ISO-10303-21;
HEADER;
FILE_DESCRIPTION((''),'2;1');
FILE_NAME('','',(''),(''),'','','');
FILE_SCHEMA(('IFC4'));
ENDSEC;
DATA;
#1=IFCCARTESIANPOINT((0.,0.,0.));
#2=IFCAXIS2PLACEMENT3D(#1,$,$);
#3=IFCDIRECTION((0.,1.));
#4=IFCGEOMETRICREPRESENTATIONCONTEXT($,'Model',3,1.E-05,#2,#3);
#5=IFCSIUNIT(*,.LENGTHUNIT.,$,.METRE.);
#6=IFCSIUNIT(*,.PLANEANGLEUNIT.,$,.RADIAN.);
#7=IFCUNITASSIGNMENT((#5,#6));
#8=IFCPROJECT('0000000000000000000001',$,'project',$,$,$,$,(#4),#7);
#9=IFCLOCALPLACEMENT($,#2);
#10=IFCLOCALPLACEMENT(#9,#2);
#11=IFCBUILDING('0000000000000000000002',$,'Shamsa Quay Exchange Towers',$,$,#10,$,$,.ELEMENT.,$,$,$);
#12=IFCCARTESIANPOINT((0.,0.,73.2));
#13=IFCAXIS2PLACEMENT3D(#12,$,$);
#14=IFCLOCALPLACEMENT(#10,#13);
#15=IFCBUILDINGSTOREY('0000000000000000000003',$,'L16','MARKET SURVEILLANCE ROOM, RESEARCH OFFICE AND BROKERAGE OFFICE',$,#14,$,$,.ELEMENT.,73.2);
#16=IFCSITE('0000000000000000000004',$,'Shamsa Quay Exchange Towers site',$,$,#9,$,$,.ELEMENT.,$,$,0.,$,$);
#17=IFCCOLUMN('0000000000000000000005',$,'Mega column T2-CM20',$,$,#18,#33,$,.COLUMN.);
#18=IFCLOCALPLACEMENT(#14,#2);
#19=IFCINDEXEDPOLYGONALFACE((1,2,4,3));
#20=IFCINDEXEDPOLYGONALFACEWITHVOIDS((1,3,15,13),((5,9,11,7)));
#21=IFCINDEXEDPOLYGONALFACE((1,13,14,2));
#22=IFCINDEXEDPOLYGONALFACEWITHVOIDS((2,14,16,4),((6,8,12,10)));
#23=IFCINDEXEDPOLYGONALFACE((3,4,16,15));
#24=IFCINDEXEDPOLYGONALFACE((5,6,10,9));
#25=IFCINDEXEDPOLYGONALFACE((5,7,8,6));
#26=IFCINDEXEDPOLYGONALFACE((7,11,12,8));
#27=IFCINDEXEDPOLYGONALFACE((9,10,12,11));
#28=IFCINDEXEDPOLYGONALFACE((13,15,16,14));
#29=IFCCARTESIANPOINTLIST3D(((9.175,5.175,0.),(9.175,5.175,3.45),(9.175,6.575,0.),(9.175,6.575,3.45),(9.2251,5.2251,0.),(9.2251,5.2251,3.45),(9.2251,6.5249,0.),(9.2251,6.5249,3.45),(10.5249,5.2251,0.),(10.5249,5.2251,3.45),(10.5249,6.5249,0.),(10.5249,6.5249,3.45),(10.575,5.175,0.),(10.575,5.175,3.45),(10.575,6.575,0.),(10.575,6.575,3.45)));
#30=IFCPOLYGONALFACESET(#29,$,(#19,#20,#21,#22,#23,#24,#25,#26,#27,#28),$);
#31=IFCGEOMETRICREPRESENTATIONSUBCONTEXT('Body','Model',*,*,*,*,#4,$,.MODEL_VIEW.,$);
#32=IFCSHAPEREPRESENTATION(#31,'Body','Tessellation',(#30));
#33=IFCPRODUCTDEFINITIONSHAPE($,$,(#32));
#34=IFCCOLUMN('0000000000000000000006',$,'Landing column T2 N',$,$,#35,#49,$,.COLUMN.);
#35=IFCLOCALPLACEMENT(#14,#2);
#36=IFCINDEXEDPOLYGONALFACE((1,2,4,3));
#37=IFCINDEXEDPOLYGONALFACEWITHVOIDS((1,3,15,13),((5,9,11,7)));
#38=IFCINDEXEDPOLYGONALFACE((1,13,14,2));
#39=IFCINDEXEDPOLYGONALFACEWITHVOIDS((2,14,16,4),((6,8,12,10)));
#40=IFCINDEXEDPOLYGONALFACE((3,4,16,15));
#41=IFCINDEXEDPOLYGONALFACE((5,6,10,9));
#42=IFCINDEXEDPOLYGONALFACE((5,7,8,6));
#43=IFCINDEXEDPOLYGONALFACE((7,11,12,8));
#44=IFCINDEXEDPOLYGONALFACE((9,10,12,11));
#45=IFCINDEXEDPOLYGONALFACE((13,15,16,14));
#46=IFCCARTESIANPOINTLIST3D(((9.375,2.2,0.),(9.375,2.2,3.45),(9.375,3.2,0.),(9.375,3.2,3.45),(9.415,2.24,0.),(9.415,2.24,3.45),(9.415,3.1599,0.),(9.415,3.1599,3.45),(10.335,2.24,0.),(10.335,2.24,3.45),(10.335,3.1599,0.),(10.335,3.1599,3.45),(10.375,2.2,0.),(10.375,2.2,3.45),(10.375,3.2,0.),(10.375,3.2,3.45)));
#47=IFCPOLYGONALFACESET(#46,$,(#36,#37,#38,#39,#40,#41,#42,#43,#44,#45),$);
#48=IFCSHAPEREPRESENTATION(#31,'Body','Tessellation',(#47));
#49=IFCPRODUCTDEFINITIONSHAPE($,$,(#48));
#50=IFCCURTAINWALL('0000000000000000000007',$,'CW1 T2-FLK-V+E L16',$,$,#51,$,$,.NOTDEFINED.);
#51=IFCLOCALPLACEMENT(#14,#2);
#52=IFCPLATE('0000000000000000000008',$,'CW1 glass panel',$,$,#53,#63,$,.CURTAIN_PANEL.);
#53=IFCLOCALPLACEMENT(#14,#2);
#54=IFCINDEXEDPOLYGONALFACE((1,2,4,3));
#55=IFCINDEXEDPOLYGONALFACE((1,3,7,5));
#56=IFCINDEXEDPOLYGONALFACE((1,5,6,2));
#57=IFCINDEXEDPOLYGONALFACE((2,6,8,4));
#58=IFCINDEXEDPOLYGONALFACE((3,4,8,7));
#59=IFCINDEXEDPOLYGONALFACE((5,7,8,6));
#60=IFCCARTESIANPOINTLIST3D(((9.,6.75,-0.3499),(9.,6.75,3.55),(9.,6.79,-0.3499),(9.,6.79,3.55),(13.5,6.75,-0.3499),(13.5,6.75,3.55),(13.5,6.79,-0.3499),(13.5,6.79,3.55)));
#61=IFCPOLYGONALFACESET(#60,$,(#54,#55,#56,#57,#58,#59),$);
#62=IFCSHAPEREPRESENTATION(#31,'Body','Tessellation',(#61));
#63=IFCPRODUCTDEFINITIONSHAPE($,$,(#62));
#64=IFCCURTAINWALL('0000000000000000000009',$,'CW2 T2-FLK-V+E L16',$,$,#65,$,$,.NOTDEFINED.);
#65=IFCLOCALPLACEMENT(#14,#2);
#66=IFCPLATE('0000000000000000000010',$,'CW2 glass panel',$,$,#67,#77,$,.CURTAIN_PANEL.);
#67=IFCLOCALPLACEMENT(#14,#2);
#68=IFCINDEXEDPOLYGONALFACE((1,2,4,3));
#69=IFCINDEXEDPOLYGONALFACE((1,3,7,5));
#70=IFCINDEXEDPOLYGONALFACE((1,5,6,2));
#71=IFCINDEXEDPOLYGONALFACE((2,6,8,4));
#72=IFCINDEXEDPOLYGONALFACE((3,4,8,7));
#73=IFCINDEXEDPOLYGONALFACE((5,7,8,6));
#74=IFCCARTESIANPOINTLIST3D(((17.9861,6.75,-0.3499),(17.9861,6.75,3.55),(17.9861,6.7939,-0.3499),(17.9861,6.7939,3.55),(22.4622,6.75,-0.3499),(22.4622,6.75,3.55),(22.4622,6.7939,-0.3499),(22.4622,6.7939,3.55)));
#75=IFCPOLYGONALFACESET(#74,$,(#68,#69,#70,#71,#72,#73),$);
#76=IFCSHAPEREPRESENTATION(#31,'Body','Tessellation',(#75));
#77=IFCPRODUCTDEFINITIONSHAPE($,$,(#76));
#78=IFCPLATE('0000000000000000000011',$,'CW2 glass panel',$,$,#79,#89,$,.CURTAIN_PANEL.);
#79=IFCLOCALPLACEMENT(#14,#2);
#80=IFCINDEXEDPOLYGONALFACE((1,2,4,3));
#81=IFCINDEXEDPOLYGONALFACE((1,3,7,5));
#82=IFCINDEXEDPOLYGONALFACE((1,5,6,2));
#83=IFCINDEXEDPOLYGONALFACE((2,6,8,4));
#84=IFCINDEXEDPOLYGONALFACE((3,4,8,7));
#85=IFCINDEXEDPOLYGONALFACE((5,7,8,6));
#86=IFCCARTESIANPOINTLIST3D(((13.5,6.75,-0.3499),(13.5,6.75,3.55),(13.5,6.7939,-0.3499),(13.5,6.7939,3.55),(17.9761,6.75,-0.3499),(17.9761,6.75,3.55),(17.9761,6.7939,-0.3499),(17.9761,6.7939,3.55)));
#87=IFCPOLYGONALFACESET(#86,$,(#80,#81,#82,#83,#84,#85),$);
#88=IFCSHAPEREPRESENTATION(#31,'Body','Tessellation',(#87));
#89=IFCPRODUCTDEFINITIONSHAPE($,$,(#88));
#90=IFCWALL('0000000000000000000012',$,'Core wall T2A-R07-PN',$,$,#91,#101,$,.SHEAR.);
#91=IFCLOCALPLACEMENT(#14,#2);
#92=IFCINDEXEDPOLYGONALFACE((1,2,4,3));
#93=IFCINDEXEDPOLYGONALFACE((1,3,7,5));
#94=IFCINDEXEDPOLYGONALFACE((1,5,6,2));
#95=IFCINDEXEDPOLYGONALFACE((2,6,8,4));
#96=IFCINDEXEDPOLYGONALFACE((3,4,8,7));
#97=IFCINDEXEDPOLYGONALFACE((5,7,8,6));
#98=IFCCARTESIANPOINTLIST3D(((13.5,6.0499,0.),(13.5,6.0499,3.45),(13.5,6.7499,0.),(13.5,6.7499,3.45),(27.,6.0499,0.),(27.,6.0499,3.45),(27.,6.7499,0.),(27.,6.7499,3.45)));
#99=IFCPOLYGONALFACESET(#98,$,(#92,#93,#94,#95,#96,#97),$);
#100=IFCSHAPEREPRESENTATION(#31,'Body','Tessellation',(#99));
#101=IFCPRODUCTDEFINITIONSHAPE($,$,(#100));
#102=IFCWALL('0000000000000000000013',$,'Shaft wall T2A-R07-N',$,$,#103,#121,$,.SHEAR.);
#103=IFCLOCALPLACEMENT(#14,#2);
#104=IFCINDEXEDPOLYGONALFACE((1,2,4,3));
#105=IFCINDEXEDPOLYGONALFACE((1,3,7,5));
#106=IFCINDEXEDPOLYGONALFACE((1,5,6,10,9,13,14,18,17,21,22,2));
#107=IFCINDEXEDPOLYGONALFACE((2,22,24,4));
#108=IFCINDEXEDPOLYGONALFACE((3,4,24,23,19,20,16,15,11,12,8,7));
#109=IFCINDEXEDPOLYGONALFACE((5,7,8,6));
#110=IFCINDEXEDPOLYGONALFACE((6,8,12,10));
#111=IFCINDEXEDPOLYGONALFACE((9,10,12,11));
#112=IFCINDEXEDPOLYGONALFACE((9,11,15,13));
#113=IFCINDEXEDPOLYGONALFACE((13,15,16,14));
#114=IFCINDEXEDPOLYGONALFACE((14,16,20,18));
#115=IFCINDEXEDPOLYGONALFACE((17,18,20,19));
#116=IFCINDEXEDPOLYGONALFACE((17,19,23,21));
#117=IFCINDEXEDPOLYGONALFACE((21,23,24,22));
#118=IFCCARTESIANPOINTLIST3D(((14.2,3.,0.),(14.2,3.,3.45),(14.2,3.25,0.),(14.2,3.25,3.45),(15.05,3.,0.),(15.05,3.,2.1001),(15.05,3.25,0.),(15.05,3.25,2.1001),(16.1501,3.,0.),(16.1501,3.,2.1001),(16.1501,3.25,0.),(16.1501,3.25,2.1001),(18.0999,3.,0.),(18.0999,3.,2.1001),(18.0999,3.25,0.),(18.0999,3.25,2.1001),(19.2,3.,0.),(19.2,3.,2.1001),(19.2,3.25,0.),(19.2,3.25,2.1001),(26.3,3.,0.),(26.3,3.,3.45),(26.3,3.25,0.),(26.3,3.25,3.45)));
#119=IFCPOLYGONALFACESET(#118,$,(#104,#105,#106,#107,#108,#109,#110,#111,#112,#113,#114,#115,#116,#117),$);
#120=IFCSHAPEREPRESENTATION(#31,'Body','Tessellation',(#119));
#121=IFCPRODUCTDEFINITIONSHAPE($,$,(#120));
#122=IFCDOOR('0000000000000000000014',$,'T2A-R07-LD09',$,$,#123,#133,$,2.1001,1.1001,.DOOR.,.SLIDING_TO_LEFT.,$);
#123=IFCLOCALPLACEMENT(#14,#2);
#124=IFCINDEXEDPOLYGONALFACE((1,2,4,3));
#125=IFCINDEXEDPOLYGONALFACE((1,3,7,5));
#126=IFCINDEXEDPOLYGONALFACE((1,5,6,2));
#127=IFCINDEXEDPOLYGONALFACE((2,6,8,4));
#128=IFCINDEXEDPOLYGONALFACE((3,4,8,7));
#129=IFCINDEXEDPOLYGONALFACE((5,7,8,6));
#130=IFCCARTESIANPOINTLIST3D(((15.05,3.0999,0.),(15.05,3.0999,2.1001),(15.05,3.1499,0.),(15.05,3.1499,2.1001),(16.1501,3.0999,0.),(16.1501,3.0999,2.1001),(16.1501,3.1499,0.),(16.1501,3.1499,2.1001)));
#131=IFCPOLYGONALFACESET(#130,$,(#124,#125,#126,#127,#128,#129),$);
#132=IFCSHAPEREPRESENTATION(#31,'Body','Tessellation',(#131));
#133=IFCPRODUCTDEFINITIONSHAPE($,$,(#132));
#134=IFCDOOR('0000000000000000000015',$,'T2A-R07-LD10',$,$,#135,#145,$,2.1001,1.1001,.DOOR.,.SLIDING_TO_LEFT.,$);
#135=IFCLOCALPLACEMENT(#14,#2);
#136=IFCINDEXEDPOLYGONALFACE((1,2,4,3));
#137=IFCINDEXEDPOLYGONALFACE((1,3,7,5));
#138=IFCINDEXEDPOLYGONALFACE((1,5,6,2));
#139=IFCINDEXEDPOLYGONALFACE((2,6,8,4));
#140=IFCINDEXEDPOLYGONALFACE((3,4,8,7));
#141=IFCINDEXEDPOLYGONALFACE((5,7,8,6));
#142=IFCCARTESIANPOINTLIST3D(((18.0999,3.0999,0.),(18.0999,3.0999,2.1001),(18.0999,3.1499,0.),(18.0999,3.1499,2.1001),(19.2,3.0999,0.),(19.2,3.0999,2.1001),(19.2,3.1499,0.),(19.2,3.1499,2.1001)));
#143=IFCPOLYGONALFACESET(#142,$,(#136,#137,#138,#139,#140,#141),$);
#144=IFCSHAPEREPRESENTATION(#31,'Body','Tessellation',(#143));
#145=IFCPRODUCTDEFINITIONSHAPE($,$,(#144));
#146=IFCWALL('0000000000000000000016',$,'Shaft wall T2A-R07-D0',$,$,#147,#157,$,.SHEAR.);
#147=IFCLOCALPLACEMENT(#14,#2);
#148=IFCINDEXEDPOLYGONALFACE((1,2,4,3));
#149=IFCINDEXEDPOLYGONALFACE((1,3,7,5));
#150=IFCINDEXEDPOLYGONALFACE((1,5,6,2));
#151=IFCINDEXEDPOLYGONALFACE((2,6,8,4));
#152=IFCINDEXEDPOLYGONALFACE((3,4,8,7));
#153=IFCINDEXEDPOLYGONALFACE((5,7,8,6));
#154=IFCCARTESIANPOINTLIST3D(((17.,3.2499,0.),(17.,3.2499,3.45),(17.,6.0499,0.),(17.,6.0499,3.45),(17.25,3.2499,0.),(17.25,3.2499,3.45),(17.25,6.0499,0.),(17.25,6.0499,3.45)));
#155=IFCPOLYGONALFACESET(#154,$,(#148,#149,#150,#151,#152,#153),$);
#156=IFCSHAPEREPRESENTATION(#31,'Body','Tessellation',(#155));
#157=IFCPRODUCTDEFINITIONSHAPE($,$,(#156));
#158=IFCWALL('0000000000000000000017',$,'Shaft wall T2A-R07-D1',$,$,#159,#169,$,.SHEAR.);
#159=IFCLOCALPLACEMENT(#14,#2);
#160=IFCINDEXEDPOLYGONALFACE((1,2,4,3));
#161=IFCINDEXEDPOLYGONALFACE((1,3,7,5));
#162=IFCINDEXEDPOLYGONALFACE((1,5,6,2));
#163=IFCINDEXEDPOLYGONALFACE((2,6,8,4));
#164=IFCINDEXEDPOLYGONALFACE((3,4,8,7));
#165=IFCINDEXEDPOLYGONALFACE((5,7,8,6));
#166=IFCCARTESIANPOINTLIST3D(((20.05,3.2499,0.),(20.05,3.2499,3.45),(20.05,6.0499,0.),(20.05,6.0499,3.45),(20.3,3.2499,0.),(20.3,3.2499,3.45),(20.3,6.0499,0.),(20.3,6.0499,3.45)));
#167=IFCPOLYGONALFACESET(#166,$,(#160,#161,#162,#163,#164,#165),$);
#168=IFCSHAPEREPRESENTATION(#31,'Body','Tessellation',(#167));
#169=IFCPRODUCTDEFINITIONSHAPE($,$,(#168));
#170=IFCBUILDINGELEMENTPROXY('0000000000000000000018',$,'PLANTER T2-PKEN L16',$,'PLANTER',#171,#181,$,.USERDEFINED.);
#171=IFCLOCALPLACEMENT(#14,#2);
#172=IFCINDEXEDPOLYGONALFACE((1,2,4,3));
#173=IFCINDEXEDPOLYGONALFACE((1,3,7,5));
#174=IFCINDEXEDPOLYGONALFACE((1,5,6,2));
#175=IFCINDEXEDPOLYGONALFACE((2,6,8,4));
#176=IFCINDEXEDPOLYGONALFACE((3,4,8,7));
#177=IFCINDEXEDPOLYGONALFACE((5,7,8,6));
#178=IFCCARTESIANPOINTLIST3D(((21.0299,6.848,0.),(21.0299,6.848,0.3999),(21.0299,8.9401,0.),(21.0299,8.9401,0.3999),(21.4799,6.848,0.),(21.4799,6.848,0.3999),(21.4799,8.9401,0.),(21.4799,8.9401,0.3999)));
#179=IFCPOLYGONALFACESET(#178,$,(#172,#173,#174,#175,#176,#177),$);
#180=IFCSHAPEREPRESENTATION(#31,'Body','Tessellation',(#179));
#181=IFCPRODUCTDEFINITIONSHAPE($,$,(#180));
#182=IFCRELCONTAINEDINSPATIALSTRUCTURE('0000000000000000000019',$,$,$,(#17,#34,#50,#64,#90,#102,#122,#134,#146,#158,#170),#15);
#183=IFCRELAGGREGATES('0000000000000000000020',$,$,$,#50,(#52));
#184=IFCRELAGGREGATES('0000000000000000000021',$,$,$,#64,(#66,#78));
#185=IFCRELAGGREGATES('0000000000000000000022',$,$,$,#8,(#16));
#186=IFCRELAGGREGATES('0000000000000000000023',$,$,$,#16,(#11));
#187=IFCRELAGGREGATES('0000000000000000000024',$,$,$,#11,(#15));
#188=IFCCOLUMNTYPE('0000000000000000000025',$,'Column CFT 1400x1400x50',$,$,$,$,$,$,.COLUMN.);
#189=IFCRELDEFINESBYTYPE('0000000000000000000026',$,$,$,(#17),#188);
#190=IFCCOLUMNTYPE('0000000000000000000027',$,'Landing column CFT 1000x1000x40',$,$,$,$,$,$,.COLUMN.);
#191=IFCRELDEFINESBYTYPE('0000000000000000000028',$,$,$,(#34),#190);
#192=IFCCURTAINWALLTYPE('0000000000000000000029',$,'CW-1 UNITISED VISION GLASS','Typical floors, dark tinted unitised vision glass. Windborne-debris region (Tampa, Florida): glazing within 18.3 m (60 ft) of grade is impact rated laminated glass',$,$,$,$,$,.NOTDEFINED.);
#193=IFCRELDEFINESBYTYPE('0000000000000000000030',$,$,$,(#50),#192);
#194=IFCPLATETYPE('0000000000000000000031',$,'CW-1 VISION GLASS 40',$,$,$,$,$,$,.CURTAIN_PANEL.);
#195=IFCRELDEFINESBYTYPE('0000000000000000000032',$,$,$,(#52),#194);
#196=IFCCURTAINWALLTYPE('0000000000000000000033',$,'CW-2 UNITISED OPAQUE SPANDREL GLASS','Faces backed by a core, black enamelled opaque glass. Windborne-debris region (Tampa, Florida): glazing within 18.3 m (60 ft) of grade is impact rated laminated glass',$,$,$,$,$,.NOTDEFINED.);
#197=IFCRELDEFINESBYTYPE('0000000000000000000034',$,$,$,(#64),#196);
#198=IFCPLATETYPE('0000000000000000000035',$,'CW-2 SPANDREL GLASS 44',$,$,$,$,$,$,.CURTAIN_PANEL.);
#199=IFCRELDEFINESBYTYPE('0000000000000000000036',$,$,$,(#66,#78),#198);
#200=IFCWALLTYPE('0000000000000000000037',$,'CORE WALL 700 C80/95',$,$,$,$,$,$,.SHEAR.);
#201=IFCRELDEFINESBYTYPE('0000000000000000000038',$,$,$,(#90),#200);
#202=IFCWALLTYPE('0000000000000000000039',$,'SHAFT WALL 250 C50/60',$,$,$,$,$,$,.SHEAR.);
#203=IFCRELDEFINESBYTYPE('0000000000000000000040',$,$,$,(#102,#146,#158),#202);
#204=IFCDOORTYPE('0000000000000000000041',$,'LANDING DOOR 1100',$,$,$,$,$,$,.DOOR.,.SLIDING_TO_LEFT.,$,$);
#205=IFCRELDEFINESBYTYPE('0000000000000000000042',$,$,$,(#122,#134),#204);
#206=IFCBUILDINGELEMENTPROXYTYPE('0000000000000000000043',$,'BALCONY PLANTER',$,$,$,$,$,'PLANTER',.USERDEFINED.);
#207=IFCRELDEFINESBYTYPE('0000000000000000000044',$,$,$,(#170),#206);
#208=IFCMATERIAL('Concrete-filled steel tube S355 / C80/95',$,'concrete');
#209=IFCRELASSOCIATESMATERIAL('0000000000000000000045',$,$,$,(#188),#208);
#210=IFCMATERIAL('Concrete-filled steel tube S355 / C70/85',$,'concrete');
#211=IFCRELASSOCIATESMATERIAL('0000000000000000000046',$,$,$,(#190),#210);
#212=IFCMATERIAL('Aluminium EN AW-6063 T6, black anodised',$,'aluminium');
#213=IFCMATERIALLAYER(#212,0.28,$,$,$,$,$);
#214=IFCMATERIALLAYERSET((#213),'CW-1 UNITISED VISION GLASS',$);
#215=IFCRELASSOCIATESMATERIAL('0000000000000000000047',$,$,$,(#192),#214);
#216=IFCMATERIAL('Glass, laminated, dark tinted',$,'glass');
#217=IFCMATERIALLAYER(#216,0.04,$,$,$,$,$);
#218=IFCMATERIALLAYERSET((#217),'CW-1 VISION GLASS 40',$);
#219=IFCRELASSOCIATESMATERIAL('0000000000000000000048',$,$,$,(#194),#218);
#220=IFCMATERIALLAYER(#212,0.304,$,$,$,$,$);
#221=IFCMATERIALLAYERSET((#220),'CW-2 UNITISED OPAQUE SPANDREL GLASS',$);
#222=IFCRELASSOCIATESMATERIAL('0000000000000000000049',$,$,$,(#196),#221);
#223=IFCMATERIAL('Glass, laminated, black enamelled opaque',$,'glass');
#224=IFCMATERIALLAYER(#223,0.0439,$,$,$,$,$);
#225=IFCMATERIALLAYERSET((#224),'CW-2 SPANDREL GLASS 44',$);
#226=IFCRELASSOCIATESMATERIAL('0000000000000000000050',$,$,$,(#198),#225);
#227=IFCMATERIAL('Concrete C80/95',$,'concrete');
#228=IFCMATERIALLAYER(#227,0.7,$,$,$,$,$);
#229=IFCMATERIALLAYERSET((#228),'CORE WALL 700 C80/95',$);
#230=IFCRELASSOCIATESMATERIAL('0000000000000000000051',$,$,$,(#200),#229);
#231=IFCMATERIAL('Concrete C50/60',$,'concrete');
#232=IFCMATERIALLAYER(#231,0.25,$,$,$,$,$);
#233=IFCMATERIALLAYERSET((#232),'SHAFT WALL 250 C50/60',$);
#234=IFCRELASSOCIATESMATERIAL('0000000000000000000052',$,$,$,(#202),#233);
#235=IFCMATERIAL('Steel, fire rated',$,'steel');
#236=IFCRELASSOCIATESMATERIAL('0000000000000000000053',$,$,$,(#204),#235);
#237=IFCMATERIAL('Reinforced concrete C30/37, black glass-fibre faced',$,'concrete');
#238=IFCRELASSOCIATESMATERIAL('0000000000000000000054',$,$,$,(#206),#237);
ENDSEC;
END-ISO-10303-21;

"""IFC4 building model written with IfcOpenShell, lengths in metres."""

from ifc_helpers import new_model, si_unit, direction, frame, frame_2d, origin, origin_2d, place, context, subcontext, project, spatial, rectangle, hollow_rectangle, extrude, material, layer, layer_set, material_profile, profile_set, type_object, element, fill, aggregate, save


model = new_model("IFC4")

# Units and contexts
model_context = context("Model", 3, precision=1e-05, world=origin(), true_north=direction((0.0, 1.0)))
body_context = subcontext(model_context, "Body", "Model", "MODEL_VIEW")
ifc_project = project(units=[si_unit("LENGTHUNIT", "METRE"), si_unit("PLANEANGLEUNIT", "RADIAN")], contexts=[model_context])

# Site, building, storey
site_placement = place(None, origin())
site = spatial("IfcSite", under=ifc_project, at=site_placement, Name="Shamsa Quay Exchange Towers site", CompositionType="ELEMENT", RefElevation=0.0)
building_placement = place(site_placement, origin())
building = spatial("IfcBuilding", under=site, at=building_placement, Name="Shamsa Quay Exchange Towers", CompositionType="ELEMENT")
storey_placement = place(building_placement, frame((0.0, 0.0, 73.2)))
storey = spatial("IfcBuildingStorey", under=building, at=storey_placement, Name="L16", Description="MARKET SURVEILLANCE ROOM, RESEARCH OFFICE AND BROKERAGE OFFICE", CompositionType="ELEMENT", Elevation=73.2)

# Columns
ifc_material_1 = material(Name="Concrete-filled steel tube S355 / C80/95", Category="concrete")
ifc_material_profile_1 = material_profile(ifc_material_1, hollow_rectangle(XDim=1.3999, YDim=1.3999, WallThickness=0.05, at=origin_2d()), Name="CFT 1400x1400x50")
ifc_profile_set_1 = profile_set([ifc_material_profile_1], Name="Concrete-filled steel tube S355 / C80/95")
column_type_1 = type_object("IfcColumnType", Name="Column CFT 1400x1400x50", PredefinedType="COLUMN", material=ifc_profile_set_1)
column_1_placement = place(storey_placement, frame((9.875, 5.875, 0.0)))
element("IfcColumn", 1, at=column_1_placement, inside=storey, type_object=column_type_1, Name="Mega column T2-CM20", PredefinedType="COLUMN", context=body_context, shape_type="SweptSolid", body=[
    extrude(hollow_rectangle(XDim=1.3999, YDim=1.3999, WallThickness=0.05, at=origin_2d()), origin(), (0.0, 0.0, 1.0), 3.45),
])
ifc_material_2 = material(Name="Concrete-filled steel tube S355 / C70/85", Category="concrete")
ifc_material_profile_2 = material_profile(ifc_material_2, hollow_rectangle(XDim=1.0, YDim=1.0, WallThickness=0.04, at=origin_2d()), Name="CFT 1000x1000x40")
ifc_profile_set_2 = profile_set([ifc_material_profile_2], Name="Concrete-filled steel tube S355 / C70/85")
column_type_2 = type_object("IfcColumnType", Name="Landing column CFT 1000x1000x40", PredefinedType="COLUMN", material=ifc_profile_set_2)
column_2_placement = place(storey_placement, frame((9.875, 2.7, 0.0)))
element("IfcColumn", 2, at=column_2_placement, inside=storey, type_object=column_type_2, Name="Landing column T2 N", PredefinedType="COLUMN", context=body_context, shape_type="SweptSolid", body=[
    extrude(hollow_rectangle(XDim=1.0, YDim=1.0, WallThickness=0.04, at=origin_2d()), origin(), (0.0, 0.0, 1.0), 3.45),
])

# Curtain wall, plate
ifc_material_3 = material(Name="Aluminium EN AW-6063 T6, black anodised", Category="aluminium")
ifc_layer_1 = layer(ifc_material_3, 0.28)
ifc_layer_set_1 = layer_set([ifc_layer_1], Name="CW-1 UNITISED VISION GLASS")
curtain_wall_type_1 = type_object("IfcCurtainWallType", Name="CW-1 UNITISED VISION GLASS", Description="Typical floors, dark tinted unitised vision glass. Windborne-debris region (Tampa, Florida): glazing within 18.3 m (60 ft) of grade is impact rated laminated glass", PredefinedType="NOTDEFINED", material=ifc_layer_set_1)
curtain_wall_1_placement = place(storey_placement, origin())
curtain_wall_1 = element("IfcCurtainWall", 3, at=curtain_wall_1_placement, inside=storey, type_object=curtain_wall_type_1, Name="CW1 T2-FLK-V+E L16", PredefinedType="NOTDEFINED")
ifc_material_4 = material(Name="Glass, laminated, dark tinted", Category="glass")
ifc_layer_2 = layer(ifc_material_4, 0.04)
ifc_layer_set_2 = layer_set([ifc_layer_2], Name="CW-1 VISION GLASS 40")
plate_type_1 = type_object("IfcPlateType", Name="CW-1 VISION GLASS 40", PredefinedType="CURTAIN_PANEL", material=ifc_layer_set_2)
plate_1_placement = place(storey_placement, frame((11.25, 6.77, -0.3499), z_axis=(0.0, 0.0, 1.0), x_axis=(-1.0, 0.0, 0.0)))
plate_1 = element("IfcPlate", 4, at=plate_1_placement, type_object=plate_type_1, Name="CW1 glass panel", PredefinedType="CURTAIN_PANEL", context=body_context, shape_type="SweptSolid", body=[
    extrude(rectangle(XDim=4.5, YDim=0.04, at=origin_2d()), origin(), (0.0, 0.0, 1.0), 3.8999),
])
aggregate(curtain_wall_1, [plate_1])

# Curtain wall, plates
ifc_layer_3 = layer(ifc_material_3, 0.304)
ifc_layer_set_3 = layer_set([ifc_layer_3], Name="CW-2 UNITISED OPAQUE SPANDREL GLASS")
curtain_wall_type_2 = type_object("IfcCurtainWallType", Name="CW-2 UNITISED OPAQUE SPANDREL GLASS", Description="Faces backed by a core, black enamelled opaque glass. Windborne-debris region (Tampa, Florida): glazing within 18.3 m (60 ft) of grade is impact rated laminated glass", PredefinedType="NOTDEFINED", material=ifc_layer_set_3)
curtain_wall_2_placement = place(storey_placement, origin())
curtain_wall_2 = element("IfcCurtainWall", 5, at=curtain_wall_2_placement, inside=storey, type_object=curtain_wall_type_2, Name="CW2 T2-FLK-V+E L16", PredefinedType="NOTDEFINED")
ifc_material_5 = material(Name="Glass, laminated, black enamelled opaque", Category="glass")
ifc_layer_4 = layer(ifc_material_5, 0.0439)
ifc_layer_set_4 = layer_set([ifc_layer_4], Name="CW-2 SPANDREL GLASS 44")
plate_type_2 = type_object("IfcPlateType", Name="CW-2 SPANDREL GLASS 44", PredefinedType="CURTAIN_PANEL", material=ifc_layer_set_4)
plate_2_placement = place(storey_placement, frame((20.2241, 6.772, -0.3499), z_axis=(0.0, 0.0, 1.0), x_axis=(-1.0, 0.0, 0.0)))
plate_2 = element("IfcPlate", 6, at=plate_2_placement, type_object=plate_type_2, Name="CW2 glass panel", PredefinedType="CURTAIN_PANEL", context=body_context, shape_type="SweptSolid", body=[
    extrude(rectangle(XDim=4.4761, YDim=0.0439, at=origin_2d()), origin(), (0.0, 0.0, 1.0), 3.8999),
])
plate_3_placement = place(storey_placement, frame((15.738, 6.772, -0.3499), z_axis=(0.0, 0.0, 1.0), x_axis=(-1.0, 0.0, 0.0)))
plate_3 = element("IfcPlate", 7, at=plate_3_placement, type_object=plate_type_2, Name="CW2 glass panel", PredefinedType="CURTAIN_PANEL", context=body_context, shape_type="SweptSolid", body=[
    extrude(rectangle(XDim=4.4761, YDim=0.0439, at=origin_2d()), origin(), (0.0, 0.0, 1.0), 3.8999),
])
aggregate(curtain_wall_2, [plate_2, plate_3])

# Wall
ifc_material_6 = material(Name="Concrete C80/95", Category="concrete")
ifc_layer_5 = layer(ifc_material_6, 0.7)
ifc_layer_set_5 = layer_set([ifc_layer_5], Name="CORE WALL 700 C80/95")
wall_type_1 = type_object("IfcWallType", Name="CORE WALL 700 C80/95", PredefinedType="SHEAR", material=ifc_layer_set_5)
wall_1_placement = place(storey_placement, frame((13.5, 6.3999, 0.0)))
element("IfcWall", 8, at=wall_1_placement, inside=storey, type_object=wall_type_1, Name="Core wall T2A-R07-PN", PredefinedType="SHEAR", context=body_context, shape_type="SweptSolid", body=[
    extrude(rectangle(XDim=13.5, YDim=0.7, at=frame_2d((6.75, 0.0))), origin(), (0.0, 0.0, 1.0), 3.45),
])

# Shared definitions
ifc_material_7 = material(Name="Steel, fire rated", Category="steel")

# Wall, openings, doors
ifc_material_8 = material(Name="Concrete C50/60", Category="concrete")
ifc_layer_6 = layer(ifc_material_8, 0.25)
ifc_layer_set_6 = layer_set([ifc_layer_6], Name="SHAFT WALL 250 C50/60")
wall_type_2 = type_object("IfcWallType", Name="SHAFT WALL 250 C50/60", PredefinedType="SHEAR", material=ifc_layer_set_6)
wall_2_placement = place(storey_placement, frame((14.2, 3.125, 0.0)))
wall_2 = element("IfcWall", 9, at=wall_2_placement, inside=storey, type_object=wall_type_2, Name="Shaft wall T2A-R07-N", PredefinedType="SHEAR", context=body_context, shape_type="SweptSolid", body=[
    extrude(rectangle(XDim=12.1001, YDim=0.25, at=frame_2d((6.05, 0.0))), origin(), (0.0, 0.0, 1.0), 3.45),
])
opening_1_placement = place(wall_2_placement, frame((0.8501, 0.0, 0.0)))
opening_1 = element("IfcOpeningElement", 10, at=opening_1_placement, cuts=wall_2, PredefinedType="OPENING", context=body_context, shape_type="SweptSolid", body=[
    extrude(rectangle(XDim=1.1001, YDim=2.1001, at=frame_2d((0.55, 1.05))), frame((0.0, 0.135, 0.0), z_axis=(0.0, -1.0, 0.0), x_axis=(1.0, 0.0, 0.0)), (0.0, 0.0, 1.0), 0.27),
])
opening_2_placement = place(wall_2_placement, frame((3.8999, 0.0, 0.0)))
opening_2 = element("IfcOpeningElement", 11, at=opening_2_placement, cuts=wall_2, PredefinedType="OPENING", context=body_context, shape_type="SweptSolid", body=[
    extrude(rectangle(XDim=1.1001, YDim=2.1001, at=frame_2d((0.55, 1.05))), frame((0.0, 0.135, 0.0), z_axis=(0.0, -1.0, 0.0), x_axis=(1.0, 0.0, 0.0)), (0.0, 0.0, 1.0), 0.27),
])
door_type_1 = type_object("IfcDoorType", Name="LANDING DOOR 1100", OperationType="SLIDING_TO_LEFT", PredefinedType="DOOR", material=ifc_material_7)
door_1_placement = place(opening_1_placement, origin())
door_1 = element("IfcDoor", 12, at=door_1_placement, inside=storey, type_object=door_type_1, Name="T2A-R07-LD09", OperationType="SLIDING_TO_LEFT", OverallHeight=2.1001, OverallWidth=1.1001, PredefinedType="DOOR", context=body_context, shape_type="SweptSolid", body=[
    extrude(rectangle(XDim=1.1001, YDim=2.1001, at=frame_2d((0.55, 1.05))), frame((0.0, 0.0249, 0.0), z_axis=(0.0, -1.0, 0.0), x_axis=(1.0, 0.0, 0.0)), (0.0, 0.0, 1.0), 0.05),
])
fill(opening_1, door_1)
door_2_placement = place(opening_2_placement, origin())
door_2 = element("IfcDoor", 13, at=door_2_placement, inside=storey, type_object=door_type_1, Name="T2A-R07-LD10", OperationType="SLIDING_TO_LEFT", OverallHeight=2.1001, OverallWidth=1.1001, PredefinedType="DOOR", context=body_context, shape_type="SweptSolid", body=[
    extrude(rectangle(XDim=1.1001, YDim=2.1001, at=frame_2d((0.55, 1.05))), frame((0.0, 0.0249, 0.0), z_axis=(0.0, -1.0, 0.0), x_axis=(1.0, 0.0, 0.0)), (0.0, 0.0, 1.0), 0.05),
])
fill(opening_2, door_2)

# Walls
for number, where, z_axis, x_axis, name in (
    (14, (17.125, 3.25, 0.0), (0.0, 0.0, 1.0), (0.0, 1.0, 0.0), "Shaft wall T2A-R07-D0"),
    (15, (20.175, 3.25, 0.0), (0.0, 0.0, 1.0), (0.0, 1.0, 0.0), "Shaft wall T2A-R07-D1"),
):
    element("IfcWall", number, at=place(storey_placement, frame(where, z_axis=z_axis, x_axis=x_axis)), inside=storey, type_object=wall_type_2, Name=name, PredefinedType="SHEAR", context=body_context, shape_type="SweptSolid", body=[
        extrude(rectangle(XDim=2.8, YDim=0.25, at=frame_2d((1.3999, 0.0))), origin(), (0.0, 0.0, 1.0), 3.45),
    ])

# Building element proxy
ifc_material_9 = material(Name="Reinforced concrete C30/37, black glass-fibre faced", Category="concrete")
building_element_proxy_type = type_object("IfcBuildingElementProxyType", Name="BALCONY PLANTER", ElementType="PLANTER", PredefinedType="USERDEFINED", material=ifc_material_9)
proxy_placement = place(storey_placement, frame((21.2549, 7.894, 0.0), z_axis=(0.0, 0.0, 1.0), x_axis=(0.0, -1.0, 0.0)))
element("IfcBuildingElementProxy", 16, at=proxy_placement, inside=storey, type_object=building_element_proxy_type, Name="PLANTER T2-PKEN L16", ObjectType="PLANTER", PredefinedType="USERDEFINED", context=body_context, shape_type="SweptSolid", body=[
    extrude(rectangle(XDim=2.092, YDim=0.45, at=origin_2d()), origin(), (0.0, 0.0, 1.0), 0.3999),
])

save(model, "model.ifc")
